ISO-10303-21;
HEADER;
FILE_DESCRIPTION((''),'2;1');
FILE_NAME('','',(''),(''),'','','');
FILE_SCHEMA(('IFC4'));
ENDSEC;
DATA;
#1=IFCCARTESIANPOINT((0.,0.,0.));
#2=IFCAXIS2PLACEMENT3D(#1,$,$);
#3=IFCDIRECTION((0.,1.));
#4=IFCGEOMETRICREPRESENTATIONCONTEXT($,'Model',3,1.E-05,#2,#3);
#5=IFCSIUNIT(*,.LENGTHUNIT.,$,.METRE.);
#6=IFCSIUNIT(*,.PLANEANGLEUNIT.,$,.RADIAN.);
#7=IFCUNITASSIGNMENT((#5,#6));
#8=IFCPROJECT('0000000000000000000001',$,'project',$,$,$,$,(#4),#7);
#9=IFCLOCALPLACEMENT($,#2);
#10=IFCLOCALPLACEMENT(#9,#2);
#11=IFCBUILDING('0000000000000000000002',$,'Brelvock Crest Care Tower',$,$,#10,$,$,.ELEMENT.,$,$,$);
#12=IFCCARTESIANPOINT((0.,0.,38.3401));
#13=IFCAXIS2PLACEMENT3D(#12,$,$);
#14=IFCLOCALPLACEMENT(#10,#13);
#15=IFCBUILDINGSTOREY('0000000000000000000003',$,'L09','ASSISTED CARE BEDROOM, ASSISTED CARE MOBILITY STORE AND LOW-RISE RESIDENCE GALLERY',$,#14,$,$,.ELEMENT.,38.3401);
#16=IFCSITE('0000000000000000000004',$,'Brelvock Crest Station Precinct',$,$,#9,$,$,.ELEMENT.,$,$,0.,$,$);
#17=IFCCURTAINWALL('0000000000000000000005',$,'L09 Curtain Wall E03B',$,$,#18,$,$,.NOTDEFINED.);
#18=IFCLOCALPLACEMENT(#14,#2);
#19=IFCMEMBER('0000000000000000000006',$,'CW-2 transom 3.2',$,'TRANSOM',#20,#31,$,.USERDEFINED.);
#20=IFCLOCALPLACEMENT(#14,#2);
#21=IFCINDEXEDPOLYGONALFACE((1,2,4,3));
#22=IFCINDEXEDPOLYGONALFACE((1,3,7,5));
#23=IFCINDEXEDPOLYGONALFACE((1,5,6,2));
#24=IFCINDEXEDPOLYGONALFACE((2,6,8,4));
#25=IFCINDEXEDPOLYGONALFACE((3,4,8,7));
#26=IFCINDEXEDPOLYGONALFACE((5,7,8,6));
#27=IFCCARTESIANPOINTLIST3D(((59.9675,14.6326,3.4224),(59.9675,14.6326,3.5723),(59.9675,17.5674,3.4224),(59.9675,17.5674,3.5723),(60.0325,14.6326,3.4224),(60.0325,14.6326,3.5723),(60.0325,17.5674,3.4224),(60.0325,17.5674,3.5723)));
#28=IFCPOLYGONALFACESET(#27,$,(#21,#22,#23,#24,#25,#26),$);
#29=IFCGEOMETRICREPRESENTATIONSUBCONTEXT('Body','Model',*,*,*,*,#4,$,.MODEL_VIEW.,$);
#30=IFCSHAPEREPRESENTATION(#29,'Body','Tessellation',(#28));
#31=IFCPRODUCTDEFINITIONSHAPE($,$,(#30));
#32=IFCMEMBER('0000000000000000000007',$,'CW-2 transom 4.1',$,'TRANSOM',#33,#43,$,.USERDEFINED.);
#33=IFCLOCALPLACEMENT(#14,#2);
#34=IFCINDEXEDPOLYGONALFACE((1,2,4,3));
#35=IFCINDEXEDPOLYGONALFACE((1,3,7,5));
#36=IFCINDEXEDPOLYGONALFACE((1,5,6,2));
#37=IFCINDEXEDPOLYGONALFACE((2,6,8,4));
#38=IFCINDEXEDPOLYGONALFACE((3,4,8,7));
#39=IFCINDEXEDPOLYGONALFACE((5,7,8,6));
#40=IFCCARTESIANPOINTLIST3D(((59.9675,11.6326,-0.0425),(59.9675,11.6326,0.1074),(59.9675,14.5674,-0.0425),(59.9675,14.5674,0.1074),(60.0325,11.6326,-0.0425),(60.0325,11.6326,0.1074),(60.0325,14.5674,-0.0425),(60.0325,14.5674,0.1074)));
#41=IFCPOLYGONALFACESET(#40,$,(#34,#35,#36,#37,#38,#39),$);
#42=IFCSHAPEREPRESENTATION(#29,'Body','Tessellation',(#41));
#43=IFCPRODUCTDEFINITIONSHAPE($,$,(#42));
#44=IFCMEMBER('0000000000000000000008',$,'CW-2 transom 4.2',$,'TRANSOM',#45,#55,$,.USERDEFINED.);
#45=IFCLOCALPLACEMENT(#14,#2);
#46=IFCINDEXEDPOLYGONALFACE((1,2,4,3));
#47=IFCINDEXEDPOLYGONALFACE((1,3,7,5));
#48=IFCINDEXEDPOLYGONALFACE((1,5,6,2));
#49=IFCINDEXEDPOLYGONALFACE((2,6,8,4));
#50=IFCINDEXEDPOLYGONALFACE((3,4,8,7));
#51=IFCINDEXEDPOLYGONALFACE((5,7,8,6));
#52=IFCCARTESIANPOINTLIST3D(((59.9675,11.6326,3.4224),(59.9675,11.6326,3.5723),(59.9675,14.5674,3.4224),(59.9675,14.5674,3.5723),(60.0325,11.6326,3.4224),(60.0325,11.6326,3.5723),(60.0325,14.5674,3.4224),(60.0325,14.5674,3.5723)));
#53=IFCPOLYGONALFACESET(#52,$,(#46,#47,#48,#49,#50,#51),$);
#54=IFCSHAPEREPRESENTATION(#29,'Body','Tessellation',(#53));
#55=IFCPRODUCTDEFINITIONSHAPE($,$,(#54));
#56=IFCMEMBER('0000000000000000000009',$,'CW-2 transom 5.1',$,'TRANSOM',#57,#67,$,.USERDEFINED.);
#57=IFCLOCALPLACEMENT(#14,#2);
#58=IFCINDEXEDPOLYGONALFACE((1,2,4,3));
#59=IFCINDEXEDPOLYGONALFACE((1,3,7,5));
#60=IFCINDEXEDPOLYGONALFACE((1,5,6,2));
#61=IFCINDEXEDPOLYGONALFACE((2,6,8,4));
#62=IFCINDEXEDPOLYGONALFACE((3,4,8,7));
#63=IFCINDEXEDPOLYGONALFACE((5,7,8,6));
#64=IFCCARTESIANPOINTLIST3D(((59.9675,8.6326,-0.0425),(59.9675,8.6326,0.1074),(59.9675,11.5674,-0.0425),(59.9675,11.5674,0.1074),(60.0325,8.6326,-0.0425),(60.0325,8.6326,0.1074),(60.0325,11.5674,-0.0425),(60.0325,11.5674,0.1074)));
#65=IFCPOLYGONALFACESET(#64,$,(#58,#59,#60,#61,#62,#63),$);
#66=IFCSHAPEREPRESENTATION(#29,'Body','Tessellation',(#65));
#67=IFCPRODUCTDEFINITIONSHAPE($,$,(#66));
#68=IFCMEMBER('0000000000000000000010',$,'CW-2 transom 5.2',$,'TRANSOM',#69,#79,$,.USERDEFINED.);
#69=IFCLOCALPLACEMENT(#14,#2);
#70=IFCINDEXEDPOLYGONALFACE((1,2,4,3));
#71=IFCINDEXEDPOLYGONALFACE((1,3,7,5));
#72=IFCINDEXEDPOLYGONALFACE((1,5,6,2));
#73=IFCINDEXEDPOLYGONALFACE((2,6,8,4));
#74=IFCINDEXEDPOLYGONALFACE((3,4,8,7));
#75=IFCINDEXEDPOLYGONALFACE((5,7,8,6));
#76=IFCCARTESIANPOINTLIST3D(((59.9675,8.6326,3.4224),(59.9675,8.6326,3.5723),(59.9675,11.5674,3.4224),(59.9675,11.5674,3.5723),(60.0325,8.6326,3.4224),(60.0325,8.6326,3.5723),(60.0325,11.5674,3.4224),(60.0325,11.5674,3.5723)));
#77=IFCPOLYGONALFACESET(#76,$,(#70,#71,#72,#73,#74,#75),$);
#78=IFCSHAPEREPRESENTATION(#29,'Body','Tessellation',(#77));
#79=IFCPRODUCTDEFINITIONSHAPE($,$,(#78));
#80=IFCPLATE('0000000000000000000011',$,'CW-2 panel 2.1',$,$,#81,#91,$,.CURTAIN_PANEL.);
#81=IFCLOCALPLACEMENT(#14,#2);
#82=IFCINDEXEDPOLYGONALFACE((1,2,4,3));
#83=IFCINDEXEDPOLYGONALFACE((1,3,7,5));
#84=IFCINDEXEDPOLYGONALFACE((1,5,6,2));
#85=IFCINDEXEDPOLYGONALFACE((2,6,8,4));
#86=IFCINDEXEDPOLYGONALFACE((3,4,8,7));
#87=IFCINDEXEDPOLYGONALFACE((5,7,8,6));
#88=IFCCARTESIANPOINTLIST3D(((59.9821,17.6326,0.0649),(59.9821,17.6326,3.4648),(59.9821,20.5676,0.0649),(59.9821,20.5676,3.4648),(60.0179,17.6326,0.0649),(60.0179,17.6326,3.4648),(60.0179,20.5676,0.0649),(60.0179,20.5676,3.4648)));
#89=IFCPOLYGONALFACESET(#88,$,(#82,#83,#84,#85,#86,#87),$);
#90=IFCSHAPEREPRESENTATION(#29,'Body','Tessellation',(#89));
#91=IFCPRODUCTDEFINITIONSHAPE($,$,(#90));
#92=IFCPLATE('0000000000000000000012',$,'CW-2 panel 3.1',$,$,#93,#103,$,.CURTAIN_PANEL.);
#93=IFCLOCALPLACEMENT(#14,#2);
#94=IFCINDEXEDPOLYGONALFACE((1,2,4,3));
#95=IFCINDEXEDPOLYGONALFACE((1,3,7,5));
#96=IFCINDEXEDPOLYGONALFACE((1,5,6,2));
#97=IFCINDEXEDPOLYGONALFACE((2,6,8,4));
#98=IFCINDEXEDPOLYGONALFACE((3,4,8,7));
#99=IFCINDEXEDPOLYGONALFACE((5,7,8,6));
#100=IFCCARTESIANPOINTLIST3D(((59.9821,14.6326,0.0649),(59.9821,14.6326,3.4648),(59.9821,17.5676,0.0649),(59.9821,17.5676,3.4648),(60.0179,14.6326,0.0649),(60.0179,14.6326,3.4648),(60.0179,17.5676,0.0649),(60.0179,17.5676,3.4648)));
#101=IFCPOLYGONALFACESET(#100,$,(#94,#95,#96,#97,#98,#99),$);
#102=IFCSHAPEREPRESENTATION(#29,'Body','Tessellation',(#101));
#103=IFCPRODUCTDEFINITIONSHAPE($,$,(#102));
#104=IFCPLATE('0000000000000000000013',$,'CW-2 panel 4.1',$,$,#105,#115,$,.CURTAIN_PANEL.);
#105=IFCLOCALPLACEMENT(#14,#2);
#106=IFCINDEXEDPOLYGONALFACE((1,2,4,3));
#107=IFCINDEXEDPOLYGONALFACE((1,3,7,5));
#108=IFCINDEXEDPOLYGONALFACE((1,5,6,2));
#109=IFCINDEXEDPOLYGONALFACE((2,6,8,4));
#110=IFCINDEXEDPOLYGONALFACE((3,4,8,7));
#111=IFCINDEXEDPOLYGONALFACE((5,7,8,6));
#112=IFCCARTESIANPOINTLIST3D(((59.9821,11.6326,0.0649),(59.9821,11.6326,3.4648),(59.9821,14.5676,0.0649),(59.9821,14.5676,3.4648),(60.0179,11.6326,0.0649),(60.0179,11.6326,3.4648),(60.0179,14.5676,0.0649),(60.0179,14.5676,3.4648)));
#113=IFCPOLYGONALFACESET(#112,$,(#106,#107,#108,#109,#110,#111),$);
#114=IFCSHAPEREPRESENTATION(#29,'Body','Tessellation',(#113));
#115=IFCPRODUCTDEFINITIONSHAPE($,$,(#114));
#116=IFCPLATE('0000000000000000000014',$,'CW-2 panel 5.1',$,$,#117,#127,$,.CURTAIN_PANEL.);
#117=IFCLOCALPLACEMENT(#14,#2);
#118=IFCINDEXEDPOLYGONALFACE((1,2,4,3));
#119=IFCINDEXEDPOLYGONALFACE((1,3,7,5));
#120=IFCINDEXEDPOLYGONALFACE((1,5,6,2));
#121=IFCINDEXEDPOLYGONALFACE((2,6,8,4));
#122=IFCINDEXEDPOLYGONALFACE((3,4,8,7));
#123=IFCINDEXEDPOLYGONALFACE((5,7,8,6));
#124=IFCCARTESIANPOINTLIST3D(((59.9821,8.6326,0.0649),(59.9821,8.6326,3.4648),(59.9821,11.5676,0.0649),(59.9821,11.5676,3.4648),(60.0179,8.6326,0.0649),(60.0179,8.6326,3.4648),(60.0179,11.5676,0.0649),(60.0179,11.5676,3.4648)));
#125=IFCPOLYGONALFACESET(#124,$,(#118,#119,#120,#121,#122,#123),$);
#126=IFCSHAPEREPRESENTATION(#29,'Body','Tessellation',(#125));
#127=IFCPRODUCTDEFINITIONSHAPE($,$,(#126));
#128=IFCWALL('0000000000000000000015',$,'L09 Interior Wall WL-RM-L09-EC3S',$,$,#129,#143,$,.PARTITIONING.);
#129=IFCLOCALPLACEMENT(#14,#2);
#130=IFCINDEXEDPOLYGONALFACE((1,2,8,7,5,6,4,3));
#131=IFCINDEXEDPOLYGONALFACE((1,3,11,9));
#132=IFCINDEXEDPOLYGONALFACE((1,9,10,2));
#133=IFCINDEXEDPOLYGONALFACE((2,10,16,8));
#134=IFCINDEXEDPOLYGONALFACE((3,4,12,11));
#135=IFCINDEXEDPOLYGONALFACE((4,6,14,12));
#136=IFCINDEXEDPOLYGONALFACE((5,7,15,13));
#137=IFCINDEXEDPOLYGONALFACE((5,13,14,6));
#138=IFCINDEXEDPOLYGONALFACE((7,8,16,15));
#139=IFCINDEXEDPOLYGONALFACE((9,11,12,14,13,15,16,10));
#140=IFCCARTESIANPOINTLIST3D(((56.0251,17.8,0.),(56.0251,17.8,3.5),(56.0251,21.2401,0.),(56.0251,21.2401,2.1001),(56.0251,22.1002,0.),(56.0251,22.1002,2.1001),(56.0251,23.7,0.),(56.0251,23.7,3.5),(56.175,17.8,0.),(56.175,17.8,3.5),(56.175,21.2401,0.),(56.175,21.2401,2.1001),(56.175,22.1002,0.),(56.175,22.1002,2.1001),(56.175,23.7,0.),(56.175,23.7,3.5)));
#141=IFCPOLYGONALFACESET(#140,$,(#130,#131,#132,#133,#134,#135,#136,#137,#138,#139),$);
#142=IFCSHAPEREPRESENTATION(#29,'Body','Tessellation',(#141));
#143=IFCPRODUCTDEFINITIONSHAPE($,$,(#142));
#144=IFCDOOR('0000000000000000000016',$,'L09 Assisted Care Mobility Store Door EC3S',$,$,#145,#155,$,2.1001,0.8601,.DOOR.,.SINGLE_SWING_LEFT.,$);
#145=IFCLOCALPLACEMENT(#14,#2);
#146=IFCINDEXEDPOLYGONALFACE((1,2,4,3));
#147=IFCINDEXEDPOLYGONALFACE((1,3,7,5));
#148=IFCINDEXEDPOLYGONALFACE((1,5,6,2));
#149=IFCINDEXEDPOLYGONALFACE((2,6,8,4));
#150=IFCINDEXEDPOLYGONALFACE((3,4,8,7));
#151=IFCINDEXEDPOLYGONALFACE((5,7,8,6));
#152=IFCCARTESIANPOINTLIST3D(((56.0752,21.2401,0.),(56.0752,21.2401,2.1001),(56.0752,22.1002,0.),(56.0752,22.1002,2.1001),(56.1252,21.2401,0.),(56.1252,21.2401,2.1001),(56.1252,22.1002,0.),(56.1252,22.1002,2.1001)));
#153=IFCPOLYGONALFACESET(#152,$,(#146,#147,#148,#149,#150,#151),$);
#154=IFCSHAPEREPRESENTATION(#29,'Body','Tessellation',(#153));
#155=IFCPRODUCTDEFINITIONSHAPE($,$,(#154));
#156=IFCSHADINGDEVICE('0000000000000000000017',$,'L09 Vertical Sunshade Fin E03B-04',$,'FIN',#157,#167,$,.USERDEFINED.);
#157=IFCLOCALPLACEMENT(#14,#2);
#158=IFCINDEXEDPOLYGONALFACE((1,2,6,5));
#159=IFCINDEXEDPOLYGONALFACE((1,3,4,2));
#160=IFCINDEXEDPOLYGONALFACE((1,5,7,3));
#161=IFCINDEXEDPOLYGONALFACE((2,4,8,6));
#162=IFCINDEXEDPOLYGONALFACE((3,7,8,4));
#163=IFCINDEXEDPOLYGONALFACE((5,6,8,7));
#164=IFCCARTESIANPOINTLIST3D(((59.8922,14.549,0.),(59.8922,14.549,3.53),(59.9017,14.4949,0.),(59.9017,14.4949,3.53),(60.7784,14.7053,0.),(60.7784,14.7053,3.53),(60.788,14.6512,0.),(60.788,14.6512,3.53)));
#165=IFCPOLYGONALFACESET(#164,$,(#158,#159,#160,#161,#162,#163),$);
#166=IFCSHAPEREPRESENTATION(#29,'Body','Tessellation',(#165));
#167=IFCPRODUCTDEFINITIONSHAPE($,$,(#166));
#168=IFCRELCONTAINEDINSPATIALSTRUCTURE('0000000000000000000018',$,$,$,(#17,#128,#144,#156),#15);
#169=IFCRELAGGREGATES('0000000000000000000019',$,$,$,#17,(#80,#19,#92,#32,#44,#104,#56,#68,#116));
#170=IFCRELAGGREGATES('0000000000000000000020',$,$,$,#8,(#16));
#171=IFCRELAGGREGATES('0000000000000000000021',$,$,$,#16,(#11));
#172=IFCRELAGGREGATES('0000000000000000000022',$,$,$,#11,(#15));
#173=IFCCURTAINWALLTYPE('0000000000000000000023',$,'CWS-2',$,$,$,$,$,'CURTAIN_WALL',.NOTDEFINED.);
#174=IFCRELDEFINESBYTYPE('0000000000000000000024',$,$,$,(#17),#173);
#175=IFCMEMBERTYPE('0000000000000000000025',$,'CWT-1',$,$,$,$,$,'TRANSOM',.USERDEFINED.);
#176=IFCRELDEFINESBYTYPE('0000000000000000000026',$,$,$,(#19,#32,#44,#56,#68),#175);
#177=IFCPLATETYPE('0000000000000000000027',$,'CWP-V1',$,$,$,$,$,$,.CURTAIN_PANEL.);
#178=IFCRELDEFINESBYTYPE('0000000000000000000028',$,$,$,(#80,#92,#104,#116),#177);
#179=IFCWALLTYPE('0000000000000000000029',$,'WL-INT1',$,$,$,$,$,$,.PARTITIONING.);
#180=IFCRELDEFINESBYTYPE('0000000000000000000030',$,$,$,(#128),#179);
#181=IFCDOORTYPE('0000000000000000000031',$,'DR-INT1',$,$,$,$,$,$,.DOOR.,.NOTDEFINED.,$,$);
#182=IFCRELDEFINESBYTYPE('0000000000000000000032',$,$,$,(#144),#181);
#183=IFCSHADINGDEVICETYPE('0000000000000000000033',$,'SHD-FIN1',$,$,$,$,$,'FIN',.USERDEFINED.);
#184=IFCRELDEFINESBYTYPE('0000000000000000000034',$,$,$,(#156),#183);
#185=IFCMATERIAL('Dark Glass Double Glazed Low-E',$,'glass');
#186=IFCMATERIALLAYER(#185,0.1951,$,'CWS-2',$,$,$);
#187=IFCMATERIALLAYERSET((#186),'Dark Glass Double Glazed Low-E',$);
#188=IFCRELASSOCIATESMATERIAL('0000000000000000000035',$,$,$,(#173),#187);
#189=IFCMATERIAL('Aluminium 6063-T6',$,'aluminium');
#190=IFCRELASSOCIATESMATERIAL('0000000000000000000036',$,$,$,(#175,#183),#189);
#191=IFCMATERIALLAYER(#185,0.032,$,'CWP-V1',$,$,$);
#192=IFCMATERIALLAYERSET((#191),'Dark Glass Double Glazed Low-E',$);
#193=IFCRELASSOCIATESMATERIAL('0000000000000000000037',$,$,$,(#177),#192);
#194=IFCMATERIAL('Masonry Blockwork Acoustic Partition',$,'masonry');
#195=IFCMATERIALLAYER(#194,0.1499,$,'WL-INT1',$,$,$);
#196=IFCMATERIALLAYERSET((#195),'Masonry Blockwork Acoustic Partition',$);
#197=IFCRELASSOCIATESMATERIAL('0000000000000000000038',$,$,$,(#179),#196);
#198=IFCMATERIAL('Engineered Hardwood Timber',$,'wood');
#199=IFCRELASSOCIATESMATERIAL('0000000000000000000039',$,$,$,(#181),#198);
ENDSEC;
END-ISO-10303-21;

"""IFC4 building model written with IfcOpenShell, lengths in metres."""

from ifc_helpers import new_model, si_unit, direction, frame, frame_2d, origin, origin_2d, place, context, subcontext, project, spatial, rectangle, extrude, source, transform, mapped, material, layer, layer_set, material_profile, profile_set, type_object, element, fill, aggregate, save


model = new_model("IFC4")

# Units and contexts
model_context = context("Model", 3, precision=1e-05, world=origin(), true_north=direction((0.0, 1.0)))
body_context = subcontext(model_context, "Body", "Model", "MODEL_VIEW")
ifc_project = project(units=[si_unit("LENGTHUNIT", "METRE"), si_unit("PLANEANGLEUNIT", "RADIAN")], contexts=[model_context])

# Site, building, storey
site_placement = place(None, origin())
site = spatial("IfcSite", under=ifc_project, at=site_placement, Name="Brelvock Crest Station Precinct", CompositionType="ELEMENT", RefElevation=0.0)
building_placement = place(site_placement, origin())
building = spatial("IfcBuilding", under=site, at=building_placement, Name="Brelvock Crest Care Tower", CompositionType="ELEMENT")
storey_placement = place(building_placement, frame((0.0, 0.0, 38.3401)))
storey = spatial("IfcBuildingStorey", under=building, at=storey_placement, Name="L09", Description="ASSISTED CARE BEDROOM, ASSISTED CARE MOBILITY STORE AND LOW-RISE RESIDENCE GALLERY", CompositionType="ELEMENT", Elevation=38.3401)

# Curtain wall, members, plates
ifc_material_1 = material(Name="Dark Glass Double Glazed Low-E", Category="glass")
ifc_layer_1 = layer(ifc_material_1, 0.1951, Name="CWS-2")
ifc_layer_set_1 = layer_set([ifc_layer_1], Name="Dark Glass Double Glazed Low-E")
curtain_wall_type = type_object("IfcCurtainWallType", Name="CWS-2", ElementType="CURTAIN_WALL", PredefinedType="NOTDEFINED", material=ifc_layer_set_1)
curtain_wall_placement = place(storey_placement, origin())
curtain_wall = element("IfcCurtainWall", 1, at=curtain_wall_placement, inside=storey, type_object=curtain_wall_type, Name="L09 Curtain Wall E03B", PredefinedType="NOTDEFINED")
ifc_material_2 = material(Name="Aluminium 6063-T6", Category="aluminium")
ifc_material_profile_1 = material_profile(ifc_material_2, rectangle(XDim=0.0649, YDim=0.1499, at=origin_2d()), Name="ALU65x150")
ifc_profile_set_1 = profile_set([ifc_material_profile_1], Name="Aluminium 6063-T6")
member_type_1 = type_object("IfcMemberType", Name="CWT-1", ElementType="TRANSOM", PredefinedType="USERDEFINED", material=ifc_profile_set_1)
shared_shape_1 = source(origin(), body_context, "Body", "SweptSolid", [
    extrude(rectangle(XDim=0.0649, YDim=0.1499, at=origin_2d()), origin(), (0.0, 0.0, 1.0), 2.9348),
])
member_1_placement = place(storey_placement, frame((60.0, 17.5674, 3.4973), z_axis=(0.0, -1.0, 0.0), x_axis=(1.0, 0.0, 0.0)))
member_1 = element("IfcMember", 2, at=member_1_placement, type_object=member_type_1, Name="CW-2 transom 3.2", ObjectType="TRANSOM", PredefinedType="USERDEFINED", context=body_context, shape_type="MappedRepresentation", body=[
    mapped(shared_shape_1, transform((0.0, 0.0, 0.0), x_axis=(1.0, 0.0, 0.0), y_axis=(0.0, 1.0, 0.0), z_axis=(0.0, 0.0, 1.0), scale=1.0)),
])
member_2_placement = place(storey_placement, frame((60.0, 14.5674, 0.0325), z_axis=(0.0, -1.0, 0.0), x_axis=(1.0, 0.0, 0.0)))
member_2 = element("IfcMember", 3, at=member_2_placement, type_object=member_type_1, Name="CW-2 transom 4.1", ObjectType="TRANSOM", PredefinedType="USERDEFINED", context=body_context, shape_type="MappedRepresentation", body=[
    mapped(shared_shape_1, transform((0.0, 0.0, 0.0), x_axis=(1.0, 0.0, 0.0), y_axis=(0.0, 1.0, 0.0), z_axis=(0.0, 0.0, 1.0), scale=1.0)),
])
member_3_placement = place(storey_placement, frame((60.0, 14.5674, 3.4973), z_axis=(0.0, -1.0, 0.0), x_axis=(1.0, 0.0, 0.0)))
member_3 = element("IfcMember", 4, at=member_3_placement, type_object=member_type_1, Name="CW-2 transom 4.2", ObjectType="TRANSOM", PredefinedType="USERDEFINED", context=body_context, shape_type="MappedRepresentation", body=[
    mapped(shared_shape_1, transform((0.0, 0.0, 0.0), x_axis=(1.0, 0.0, 0.0), y_axis=(0.0, 1.0, 0.0), z_axis=(0.0, 0.0, 1.0), scale=1.0)),
])
member_4_placement = place(storey_placement, frame((60.0, 11.5674, 0.0325), z_axis=(0.0, -1.0, 0.0), x_axis=(1.0, 0.0, 0.0)))
member_4 = element("IfcMember", 5, at=member_4_placement, type_object=member_type_1, Name="CW-2 transom 5.1", ObjectType="TRANSOM", PredefinedType="USERDEFINED", context=body_context, shape_type="MappedRepresentation", body=[
    mapped(shared_shape_1, transform((0.0, 0.0, 0.0), x_axis=(1.0, 0.0, 0.0), y_axis=(0.0, 1.0, 0.0), z_axis=(0.0, 0.0, 1.0), scale=1.0)),
])
member_5_placement = place(storey_placement, frame((60.0, 11.5674, 3.4973), z_axis=(0.0, -1.0, 0.0), x_axis=(1.0, 0.0, 0.0)))
member_5 = element("IfcMember", 6, at=member_5_placement, type_object=member_type_1, Name="CW-2 transom 5.2", ObjectType="TRANSOM", PredefinedType="USERDEFINED", context=body_context, shape_type="MappedRepresentation", body=[
    mapped(shared_shape_1, transform((0.0, 0.0, 0.0), x_axis=(1.0, 0.0, 0.0), y_axis=(0.0, 1.0, 0.0), z_axis=(0.0, 0.0, 1.0), scale=1.0)),
])
ifc_layer_2 = layer(ifc_material_1, 0.032, Name="CWP-V1")
ifc_layer_set_2 = layer_set([ifc_layer_2], Name="Dark Glass Double Glazed Low-E")
plate_type = type_object("IfcPlateType", Name="CWP-V1", PredefinedType="CURTAIN_PANEL", material=ifc_layer_set_2)
shared_shape_2 = source(origin(), body_context, "Body", "SweptSolid", [
    extrude(rectangle(XDim=2.9351, YDim=0.0359, at=origin_2d()), origin(), (0.0, 0.0, 1.0), 3.3999),
])
plate_1_placement = place(storey_placement, frame((60.0, 19.1001, 0.0649), z_axis=(0.0, 0.0, 1.0), x_axis=(0.0, -1.0, 0.0)))
plate_1 = element("IfcPlate", 7, at=plate_1_placement, type_object=plate_type, Name="CW-2 panel 2.1", PredefinedType="CURTAIN_PANEL", context=body_context, shape_type="MappedRepresentation", body=[
    mapped(shared_shape_2, transform((0.0, 0.0, 0.0), x_axis=(1.0, 0.0, 0.0), y_axis=(0.0, 1.0, 0.0), z_axis=(0.0, 0.0, 1.0), scale=1.0)),
])
plate_2_placement = place(storey_placement, frame((60.0, 16.1001, 0.0649), z_axis=(0.0, 0.0, 1.0), x_axis=(0.0, -1.0, 0.0)))
plate_2 = element("IfcPlate", 8, at=plate_2_placement, type_object=plate_type, Name="CW-2 panel 3.1", PredefinedType="CURTAIN_PANEL", context=body_context, shape_type="MappedRepresentation", body=[
    mapped(shared_shape_2, transform((0.0, 0.0, 0.0), x_axis=(1.0, 0.0, 0.0), y_axis=(0.0, 1.0, 0.0), z_axis=(0.0, 0.0, 1.0), scale=1.0)),
])
plate_3_placement = place(storey_placement, frame((60.0, 13.1001, 0.0649), z_axis=(0.0, 0.0, 1.0), x_axis=(0.0, -1.0, 0.0)))
plate_3 = element("IfcPlate", 9, at=plate_3_placement, type_object=plate_type, Name="CW-2 panel 4.1", PredefinedType="CURTAIN_PANEL", context=body_context, shape_type="MappedRepresentation", body=[
    mapped(shared_shape_2, transform((0.0, 0.0, 0.0), x_axis=(1.0, 0.0, 0.0), y_axis=(0.0, 1.0, 0.0), z_axis=(0.0, 0.0, 1.0), scale=1.0)),
])
plate_4_placement = place(storey_placement, frame((60.0, 10.1001, 0.0649), z_axis=(0.0, 0.0, 1.0), x_axis=(0.0, -1.0, 0.0)))
plate_4 = element("IfcPlate", 10, at=plate_4_placement, type_object=plate_type, Name="CW-2 panel 5.1", PredefinedType="CURTAIN_PANEL", context=body_context, shape_type="MappedRepresentation", body=[
    mapped(shared_shape_2, transform((0.0, 0.0, 0.0), x_axis=(1.0, 0.0, 0.0), y_axis=(0.0, 1.0, 0.0), z_axis=(0.0, 0.0, 1.0), scale=1.0)),
])
aggregate(curtain_wall, [plate_1, member_1, plate_2, member_2, member_3, plate_3, member_4, member_5, plate_4])

# Wall, opening, door
ifc_material_3 = material(Name="Masonry Blockwork Acoustic Partition", Category="masonry")
ifc_layer_3 = layer(ifc_material_3, 0.1499, Name="WL-INT1")
ifc_layer_set_3 = layer_set([ifc_layer_3], Name="Masonry Blockwork Acoustic Partition")
wall_type = type_object("IfcWallType", Name="WL-INT1", PredefinedType="PARTITIONING", material=ifc_layer_set_3)
wall_placement = place(storey_placement, frame((56.1001, 17.8, 0.0), z_axis=(0.0, 0.0, 1.0), x_axis=(0.0, 1.0, 0.0)))
wall = element("IfcWall", 11, at=wall_placement, inside=storey, type_object=wall_type, Name="L09 Interior Wall WL-RM-L09-EC3S", PredefinedType="PARTITIONING", context=body_context, shape_type="SweptSolid", body=[
    extrude(rectangle(XDim=5.8999, YDim=0.1499, at=frame_2d((2.95, 0.0))), origin(), (0.0, 0.0, 1.0), 3.5),
])
opening_placement = place(wall_placement, frame((3.4399, 0.0, 0.0)))
opening = element("IfcOpeningElement", 12, at=opening_placement, cuts=wall, PredefinedType="OPENING", context=body_context, shape_type="SweptSolid", body=[
    extrude(rectangle(XDim=0.8601, YDim=2.1001, at=origin_2d()), frame((0.4302, 0.085, 1.05), z_axis=(0.0, -1.0, 0.0), x_axis=(1.0, 0.0, 0.0)), (0.0, 0.0, 1.0), 0.1699),
])
ifc_material_4 = material(Name="Engineered Hardwood Timber", Category="wood")
door_type = type_object("IfcDoorType", Name="DR-INT1", OperationType="NOTDEFINED", PredefinedType="DOOR", material=ifc_material_4)
shared_shape_3 = source(origin(), body_context, "Body", "SweptSolid", [
    extrude(rectangle(XDim=0.8601, YDim=2.1001, at=origin_2d()), frame((0.4302, 0.0249, 1.05), z_axis=(0.0, -1.0, 0.0), x_axis=(1.0, 0.0, 0.0)), (0.0, 0.0, 1.0), 0.05),
])
door_placement = place(opening_placement, origin())
door = element("IfcDoor", 13, at=door_placement, inside=storey, type_object=door_type, Name="L09 Assisted Care Mobility Store Door EC3S", OperationType="SINGLE_SWING_LEFT", OverallHeight=2.1001, OverallWidth=0.8601, PredefinedType="DOOR", context=body_context, shape_type="MappedRepresentation", body=[
    mapped(shared_shape_3, transform((0.0, 0.0, 0.0), x_axis=(1.0, 0.0, 0.0), y_axis=(0.0, 1.0, 0.0), z_axis=(0.0, 0.0, 1.0), scale=1.0)),
])
fill(opening, door)

# Shading device
ifc_material_profile_2 = material_profile(ifc_material_2, rectangle(XDim=0.0549, YDim=0.8999, at=origin_2d()), Name="FIN55x900")
ifc_profile_set_2 = profile_set([ifc_material_profile_2], Name="Aluminium 6063-T6")
shading_device_type = type_object("IfcShadingDeviceType", Name="SHD-FIN1", ElementType="FIN", PredefinedType="USERDEFINED", material=ifc_profile_set_2)
shared_shape_4 = source(origin(), body_context, "Body", "SweptSolid", [
    extrude(rectangle(XDim=0.0549, YDim=0.8999, at=origin_2d()), origin(), (0.0, 0.0, 1.0), 3.53),
])
shading_device_placement = place(storey_placement, frame((60.3401, 14.6001, 0.0), z_axis=(0.0, 0.0, 1.0), x_axis=(0.173648, -0.984808, 0.0)))
element("IfcShadingDevice", 14, at=shading_device_placement, inside=storey, type_object=shading_device_type, Name="L09 Vertical Sunshade Fin E03B-04", ObjectType="FIN", PredefinedType="USERDEFINED", context=body_context, shape_type="MappedRepresentation", body=[
    mapped(shared_shape_4, transform((0.0, 0.0, 0.0), x_axis=(1.0, 0.0, 0.0), y_axis=(0.0, 1.0, 0.0), z_axis=(0.0, 0.0, 1.0), scale=1.0)),
])

save(model, "model.ifc")
